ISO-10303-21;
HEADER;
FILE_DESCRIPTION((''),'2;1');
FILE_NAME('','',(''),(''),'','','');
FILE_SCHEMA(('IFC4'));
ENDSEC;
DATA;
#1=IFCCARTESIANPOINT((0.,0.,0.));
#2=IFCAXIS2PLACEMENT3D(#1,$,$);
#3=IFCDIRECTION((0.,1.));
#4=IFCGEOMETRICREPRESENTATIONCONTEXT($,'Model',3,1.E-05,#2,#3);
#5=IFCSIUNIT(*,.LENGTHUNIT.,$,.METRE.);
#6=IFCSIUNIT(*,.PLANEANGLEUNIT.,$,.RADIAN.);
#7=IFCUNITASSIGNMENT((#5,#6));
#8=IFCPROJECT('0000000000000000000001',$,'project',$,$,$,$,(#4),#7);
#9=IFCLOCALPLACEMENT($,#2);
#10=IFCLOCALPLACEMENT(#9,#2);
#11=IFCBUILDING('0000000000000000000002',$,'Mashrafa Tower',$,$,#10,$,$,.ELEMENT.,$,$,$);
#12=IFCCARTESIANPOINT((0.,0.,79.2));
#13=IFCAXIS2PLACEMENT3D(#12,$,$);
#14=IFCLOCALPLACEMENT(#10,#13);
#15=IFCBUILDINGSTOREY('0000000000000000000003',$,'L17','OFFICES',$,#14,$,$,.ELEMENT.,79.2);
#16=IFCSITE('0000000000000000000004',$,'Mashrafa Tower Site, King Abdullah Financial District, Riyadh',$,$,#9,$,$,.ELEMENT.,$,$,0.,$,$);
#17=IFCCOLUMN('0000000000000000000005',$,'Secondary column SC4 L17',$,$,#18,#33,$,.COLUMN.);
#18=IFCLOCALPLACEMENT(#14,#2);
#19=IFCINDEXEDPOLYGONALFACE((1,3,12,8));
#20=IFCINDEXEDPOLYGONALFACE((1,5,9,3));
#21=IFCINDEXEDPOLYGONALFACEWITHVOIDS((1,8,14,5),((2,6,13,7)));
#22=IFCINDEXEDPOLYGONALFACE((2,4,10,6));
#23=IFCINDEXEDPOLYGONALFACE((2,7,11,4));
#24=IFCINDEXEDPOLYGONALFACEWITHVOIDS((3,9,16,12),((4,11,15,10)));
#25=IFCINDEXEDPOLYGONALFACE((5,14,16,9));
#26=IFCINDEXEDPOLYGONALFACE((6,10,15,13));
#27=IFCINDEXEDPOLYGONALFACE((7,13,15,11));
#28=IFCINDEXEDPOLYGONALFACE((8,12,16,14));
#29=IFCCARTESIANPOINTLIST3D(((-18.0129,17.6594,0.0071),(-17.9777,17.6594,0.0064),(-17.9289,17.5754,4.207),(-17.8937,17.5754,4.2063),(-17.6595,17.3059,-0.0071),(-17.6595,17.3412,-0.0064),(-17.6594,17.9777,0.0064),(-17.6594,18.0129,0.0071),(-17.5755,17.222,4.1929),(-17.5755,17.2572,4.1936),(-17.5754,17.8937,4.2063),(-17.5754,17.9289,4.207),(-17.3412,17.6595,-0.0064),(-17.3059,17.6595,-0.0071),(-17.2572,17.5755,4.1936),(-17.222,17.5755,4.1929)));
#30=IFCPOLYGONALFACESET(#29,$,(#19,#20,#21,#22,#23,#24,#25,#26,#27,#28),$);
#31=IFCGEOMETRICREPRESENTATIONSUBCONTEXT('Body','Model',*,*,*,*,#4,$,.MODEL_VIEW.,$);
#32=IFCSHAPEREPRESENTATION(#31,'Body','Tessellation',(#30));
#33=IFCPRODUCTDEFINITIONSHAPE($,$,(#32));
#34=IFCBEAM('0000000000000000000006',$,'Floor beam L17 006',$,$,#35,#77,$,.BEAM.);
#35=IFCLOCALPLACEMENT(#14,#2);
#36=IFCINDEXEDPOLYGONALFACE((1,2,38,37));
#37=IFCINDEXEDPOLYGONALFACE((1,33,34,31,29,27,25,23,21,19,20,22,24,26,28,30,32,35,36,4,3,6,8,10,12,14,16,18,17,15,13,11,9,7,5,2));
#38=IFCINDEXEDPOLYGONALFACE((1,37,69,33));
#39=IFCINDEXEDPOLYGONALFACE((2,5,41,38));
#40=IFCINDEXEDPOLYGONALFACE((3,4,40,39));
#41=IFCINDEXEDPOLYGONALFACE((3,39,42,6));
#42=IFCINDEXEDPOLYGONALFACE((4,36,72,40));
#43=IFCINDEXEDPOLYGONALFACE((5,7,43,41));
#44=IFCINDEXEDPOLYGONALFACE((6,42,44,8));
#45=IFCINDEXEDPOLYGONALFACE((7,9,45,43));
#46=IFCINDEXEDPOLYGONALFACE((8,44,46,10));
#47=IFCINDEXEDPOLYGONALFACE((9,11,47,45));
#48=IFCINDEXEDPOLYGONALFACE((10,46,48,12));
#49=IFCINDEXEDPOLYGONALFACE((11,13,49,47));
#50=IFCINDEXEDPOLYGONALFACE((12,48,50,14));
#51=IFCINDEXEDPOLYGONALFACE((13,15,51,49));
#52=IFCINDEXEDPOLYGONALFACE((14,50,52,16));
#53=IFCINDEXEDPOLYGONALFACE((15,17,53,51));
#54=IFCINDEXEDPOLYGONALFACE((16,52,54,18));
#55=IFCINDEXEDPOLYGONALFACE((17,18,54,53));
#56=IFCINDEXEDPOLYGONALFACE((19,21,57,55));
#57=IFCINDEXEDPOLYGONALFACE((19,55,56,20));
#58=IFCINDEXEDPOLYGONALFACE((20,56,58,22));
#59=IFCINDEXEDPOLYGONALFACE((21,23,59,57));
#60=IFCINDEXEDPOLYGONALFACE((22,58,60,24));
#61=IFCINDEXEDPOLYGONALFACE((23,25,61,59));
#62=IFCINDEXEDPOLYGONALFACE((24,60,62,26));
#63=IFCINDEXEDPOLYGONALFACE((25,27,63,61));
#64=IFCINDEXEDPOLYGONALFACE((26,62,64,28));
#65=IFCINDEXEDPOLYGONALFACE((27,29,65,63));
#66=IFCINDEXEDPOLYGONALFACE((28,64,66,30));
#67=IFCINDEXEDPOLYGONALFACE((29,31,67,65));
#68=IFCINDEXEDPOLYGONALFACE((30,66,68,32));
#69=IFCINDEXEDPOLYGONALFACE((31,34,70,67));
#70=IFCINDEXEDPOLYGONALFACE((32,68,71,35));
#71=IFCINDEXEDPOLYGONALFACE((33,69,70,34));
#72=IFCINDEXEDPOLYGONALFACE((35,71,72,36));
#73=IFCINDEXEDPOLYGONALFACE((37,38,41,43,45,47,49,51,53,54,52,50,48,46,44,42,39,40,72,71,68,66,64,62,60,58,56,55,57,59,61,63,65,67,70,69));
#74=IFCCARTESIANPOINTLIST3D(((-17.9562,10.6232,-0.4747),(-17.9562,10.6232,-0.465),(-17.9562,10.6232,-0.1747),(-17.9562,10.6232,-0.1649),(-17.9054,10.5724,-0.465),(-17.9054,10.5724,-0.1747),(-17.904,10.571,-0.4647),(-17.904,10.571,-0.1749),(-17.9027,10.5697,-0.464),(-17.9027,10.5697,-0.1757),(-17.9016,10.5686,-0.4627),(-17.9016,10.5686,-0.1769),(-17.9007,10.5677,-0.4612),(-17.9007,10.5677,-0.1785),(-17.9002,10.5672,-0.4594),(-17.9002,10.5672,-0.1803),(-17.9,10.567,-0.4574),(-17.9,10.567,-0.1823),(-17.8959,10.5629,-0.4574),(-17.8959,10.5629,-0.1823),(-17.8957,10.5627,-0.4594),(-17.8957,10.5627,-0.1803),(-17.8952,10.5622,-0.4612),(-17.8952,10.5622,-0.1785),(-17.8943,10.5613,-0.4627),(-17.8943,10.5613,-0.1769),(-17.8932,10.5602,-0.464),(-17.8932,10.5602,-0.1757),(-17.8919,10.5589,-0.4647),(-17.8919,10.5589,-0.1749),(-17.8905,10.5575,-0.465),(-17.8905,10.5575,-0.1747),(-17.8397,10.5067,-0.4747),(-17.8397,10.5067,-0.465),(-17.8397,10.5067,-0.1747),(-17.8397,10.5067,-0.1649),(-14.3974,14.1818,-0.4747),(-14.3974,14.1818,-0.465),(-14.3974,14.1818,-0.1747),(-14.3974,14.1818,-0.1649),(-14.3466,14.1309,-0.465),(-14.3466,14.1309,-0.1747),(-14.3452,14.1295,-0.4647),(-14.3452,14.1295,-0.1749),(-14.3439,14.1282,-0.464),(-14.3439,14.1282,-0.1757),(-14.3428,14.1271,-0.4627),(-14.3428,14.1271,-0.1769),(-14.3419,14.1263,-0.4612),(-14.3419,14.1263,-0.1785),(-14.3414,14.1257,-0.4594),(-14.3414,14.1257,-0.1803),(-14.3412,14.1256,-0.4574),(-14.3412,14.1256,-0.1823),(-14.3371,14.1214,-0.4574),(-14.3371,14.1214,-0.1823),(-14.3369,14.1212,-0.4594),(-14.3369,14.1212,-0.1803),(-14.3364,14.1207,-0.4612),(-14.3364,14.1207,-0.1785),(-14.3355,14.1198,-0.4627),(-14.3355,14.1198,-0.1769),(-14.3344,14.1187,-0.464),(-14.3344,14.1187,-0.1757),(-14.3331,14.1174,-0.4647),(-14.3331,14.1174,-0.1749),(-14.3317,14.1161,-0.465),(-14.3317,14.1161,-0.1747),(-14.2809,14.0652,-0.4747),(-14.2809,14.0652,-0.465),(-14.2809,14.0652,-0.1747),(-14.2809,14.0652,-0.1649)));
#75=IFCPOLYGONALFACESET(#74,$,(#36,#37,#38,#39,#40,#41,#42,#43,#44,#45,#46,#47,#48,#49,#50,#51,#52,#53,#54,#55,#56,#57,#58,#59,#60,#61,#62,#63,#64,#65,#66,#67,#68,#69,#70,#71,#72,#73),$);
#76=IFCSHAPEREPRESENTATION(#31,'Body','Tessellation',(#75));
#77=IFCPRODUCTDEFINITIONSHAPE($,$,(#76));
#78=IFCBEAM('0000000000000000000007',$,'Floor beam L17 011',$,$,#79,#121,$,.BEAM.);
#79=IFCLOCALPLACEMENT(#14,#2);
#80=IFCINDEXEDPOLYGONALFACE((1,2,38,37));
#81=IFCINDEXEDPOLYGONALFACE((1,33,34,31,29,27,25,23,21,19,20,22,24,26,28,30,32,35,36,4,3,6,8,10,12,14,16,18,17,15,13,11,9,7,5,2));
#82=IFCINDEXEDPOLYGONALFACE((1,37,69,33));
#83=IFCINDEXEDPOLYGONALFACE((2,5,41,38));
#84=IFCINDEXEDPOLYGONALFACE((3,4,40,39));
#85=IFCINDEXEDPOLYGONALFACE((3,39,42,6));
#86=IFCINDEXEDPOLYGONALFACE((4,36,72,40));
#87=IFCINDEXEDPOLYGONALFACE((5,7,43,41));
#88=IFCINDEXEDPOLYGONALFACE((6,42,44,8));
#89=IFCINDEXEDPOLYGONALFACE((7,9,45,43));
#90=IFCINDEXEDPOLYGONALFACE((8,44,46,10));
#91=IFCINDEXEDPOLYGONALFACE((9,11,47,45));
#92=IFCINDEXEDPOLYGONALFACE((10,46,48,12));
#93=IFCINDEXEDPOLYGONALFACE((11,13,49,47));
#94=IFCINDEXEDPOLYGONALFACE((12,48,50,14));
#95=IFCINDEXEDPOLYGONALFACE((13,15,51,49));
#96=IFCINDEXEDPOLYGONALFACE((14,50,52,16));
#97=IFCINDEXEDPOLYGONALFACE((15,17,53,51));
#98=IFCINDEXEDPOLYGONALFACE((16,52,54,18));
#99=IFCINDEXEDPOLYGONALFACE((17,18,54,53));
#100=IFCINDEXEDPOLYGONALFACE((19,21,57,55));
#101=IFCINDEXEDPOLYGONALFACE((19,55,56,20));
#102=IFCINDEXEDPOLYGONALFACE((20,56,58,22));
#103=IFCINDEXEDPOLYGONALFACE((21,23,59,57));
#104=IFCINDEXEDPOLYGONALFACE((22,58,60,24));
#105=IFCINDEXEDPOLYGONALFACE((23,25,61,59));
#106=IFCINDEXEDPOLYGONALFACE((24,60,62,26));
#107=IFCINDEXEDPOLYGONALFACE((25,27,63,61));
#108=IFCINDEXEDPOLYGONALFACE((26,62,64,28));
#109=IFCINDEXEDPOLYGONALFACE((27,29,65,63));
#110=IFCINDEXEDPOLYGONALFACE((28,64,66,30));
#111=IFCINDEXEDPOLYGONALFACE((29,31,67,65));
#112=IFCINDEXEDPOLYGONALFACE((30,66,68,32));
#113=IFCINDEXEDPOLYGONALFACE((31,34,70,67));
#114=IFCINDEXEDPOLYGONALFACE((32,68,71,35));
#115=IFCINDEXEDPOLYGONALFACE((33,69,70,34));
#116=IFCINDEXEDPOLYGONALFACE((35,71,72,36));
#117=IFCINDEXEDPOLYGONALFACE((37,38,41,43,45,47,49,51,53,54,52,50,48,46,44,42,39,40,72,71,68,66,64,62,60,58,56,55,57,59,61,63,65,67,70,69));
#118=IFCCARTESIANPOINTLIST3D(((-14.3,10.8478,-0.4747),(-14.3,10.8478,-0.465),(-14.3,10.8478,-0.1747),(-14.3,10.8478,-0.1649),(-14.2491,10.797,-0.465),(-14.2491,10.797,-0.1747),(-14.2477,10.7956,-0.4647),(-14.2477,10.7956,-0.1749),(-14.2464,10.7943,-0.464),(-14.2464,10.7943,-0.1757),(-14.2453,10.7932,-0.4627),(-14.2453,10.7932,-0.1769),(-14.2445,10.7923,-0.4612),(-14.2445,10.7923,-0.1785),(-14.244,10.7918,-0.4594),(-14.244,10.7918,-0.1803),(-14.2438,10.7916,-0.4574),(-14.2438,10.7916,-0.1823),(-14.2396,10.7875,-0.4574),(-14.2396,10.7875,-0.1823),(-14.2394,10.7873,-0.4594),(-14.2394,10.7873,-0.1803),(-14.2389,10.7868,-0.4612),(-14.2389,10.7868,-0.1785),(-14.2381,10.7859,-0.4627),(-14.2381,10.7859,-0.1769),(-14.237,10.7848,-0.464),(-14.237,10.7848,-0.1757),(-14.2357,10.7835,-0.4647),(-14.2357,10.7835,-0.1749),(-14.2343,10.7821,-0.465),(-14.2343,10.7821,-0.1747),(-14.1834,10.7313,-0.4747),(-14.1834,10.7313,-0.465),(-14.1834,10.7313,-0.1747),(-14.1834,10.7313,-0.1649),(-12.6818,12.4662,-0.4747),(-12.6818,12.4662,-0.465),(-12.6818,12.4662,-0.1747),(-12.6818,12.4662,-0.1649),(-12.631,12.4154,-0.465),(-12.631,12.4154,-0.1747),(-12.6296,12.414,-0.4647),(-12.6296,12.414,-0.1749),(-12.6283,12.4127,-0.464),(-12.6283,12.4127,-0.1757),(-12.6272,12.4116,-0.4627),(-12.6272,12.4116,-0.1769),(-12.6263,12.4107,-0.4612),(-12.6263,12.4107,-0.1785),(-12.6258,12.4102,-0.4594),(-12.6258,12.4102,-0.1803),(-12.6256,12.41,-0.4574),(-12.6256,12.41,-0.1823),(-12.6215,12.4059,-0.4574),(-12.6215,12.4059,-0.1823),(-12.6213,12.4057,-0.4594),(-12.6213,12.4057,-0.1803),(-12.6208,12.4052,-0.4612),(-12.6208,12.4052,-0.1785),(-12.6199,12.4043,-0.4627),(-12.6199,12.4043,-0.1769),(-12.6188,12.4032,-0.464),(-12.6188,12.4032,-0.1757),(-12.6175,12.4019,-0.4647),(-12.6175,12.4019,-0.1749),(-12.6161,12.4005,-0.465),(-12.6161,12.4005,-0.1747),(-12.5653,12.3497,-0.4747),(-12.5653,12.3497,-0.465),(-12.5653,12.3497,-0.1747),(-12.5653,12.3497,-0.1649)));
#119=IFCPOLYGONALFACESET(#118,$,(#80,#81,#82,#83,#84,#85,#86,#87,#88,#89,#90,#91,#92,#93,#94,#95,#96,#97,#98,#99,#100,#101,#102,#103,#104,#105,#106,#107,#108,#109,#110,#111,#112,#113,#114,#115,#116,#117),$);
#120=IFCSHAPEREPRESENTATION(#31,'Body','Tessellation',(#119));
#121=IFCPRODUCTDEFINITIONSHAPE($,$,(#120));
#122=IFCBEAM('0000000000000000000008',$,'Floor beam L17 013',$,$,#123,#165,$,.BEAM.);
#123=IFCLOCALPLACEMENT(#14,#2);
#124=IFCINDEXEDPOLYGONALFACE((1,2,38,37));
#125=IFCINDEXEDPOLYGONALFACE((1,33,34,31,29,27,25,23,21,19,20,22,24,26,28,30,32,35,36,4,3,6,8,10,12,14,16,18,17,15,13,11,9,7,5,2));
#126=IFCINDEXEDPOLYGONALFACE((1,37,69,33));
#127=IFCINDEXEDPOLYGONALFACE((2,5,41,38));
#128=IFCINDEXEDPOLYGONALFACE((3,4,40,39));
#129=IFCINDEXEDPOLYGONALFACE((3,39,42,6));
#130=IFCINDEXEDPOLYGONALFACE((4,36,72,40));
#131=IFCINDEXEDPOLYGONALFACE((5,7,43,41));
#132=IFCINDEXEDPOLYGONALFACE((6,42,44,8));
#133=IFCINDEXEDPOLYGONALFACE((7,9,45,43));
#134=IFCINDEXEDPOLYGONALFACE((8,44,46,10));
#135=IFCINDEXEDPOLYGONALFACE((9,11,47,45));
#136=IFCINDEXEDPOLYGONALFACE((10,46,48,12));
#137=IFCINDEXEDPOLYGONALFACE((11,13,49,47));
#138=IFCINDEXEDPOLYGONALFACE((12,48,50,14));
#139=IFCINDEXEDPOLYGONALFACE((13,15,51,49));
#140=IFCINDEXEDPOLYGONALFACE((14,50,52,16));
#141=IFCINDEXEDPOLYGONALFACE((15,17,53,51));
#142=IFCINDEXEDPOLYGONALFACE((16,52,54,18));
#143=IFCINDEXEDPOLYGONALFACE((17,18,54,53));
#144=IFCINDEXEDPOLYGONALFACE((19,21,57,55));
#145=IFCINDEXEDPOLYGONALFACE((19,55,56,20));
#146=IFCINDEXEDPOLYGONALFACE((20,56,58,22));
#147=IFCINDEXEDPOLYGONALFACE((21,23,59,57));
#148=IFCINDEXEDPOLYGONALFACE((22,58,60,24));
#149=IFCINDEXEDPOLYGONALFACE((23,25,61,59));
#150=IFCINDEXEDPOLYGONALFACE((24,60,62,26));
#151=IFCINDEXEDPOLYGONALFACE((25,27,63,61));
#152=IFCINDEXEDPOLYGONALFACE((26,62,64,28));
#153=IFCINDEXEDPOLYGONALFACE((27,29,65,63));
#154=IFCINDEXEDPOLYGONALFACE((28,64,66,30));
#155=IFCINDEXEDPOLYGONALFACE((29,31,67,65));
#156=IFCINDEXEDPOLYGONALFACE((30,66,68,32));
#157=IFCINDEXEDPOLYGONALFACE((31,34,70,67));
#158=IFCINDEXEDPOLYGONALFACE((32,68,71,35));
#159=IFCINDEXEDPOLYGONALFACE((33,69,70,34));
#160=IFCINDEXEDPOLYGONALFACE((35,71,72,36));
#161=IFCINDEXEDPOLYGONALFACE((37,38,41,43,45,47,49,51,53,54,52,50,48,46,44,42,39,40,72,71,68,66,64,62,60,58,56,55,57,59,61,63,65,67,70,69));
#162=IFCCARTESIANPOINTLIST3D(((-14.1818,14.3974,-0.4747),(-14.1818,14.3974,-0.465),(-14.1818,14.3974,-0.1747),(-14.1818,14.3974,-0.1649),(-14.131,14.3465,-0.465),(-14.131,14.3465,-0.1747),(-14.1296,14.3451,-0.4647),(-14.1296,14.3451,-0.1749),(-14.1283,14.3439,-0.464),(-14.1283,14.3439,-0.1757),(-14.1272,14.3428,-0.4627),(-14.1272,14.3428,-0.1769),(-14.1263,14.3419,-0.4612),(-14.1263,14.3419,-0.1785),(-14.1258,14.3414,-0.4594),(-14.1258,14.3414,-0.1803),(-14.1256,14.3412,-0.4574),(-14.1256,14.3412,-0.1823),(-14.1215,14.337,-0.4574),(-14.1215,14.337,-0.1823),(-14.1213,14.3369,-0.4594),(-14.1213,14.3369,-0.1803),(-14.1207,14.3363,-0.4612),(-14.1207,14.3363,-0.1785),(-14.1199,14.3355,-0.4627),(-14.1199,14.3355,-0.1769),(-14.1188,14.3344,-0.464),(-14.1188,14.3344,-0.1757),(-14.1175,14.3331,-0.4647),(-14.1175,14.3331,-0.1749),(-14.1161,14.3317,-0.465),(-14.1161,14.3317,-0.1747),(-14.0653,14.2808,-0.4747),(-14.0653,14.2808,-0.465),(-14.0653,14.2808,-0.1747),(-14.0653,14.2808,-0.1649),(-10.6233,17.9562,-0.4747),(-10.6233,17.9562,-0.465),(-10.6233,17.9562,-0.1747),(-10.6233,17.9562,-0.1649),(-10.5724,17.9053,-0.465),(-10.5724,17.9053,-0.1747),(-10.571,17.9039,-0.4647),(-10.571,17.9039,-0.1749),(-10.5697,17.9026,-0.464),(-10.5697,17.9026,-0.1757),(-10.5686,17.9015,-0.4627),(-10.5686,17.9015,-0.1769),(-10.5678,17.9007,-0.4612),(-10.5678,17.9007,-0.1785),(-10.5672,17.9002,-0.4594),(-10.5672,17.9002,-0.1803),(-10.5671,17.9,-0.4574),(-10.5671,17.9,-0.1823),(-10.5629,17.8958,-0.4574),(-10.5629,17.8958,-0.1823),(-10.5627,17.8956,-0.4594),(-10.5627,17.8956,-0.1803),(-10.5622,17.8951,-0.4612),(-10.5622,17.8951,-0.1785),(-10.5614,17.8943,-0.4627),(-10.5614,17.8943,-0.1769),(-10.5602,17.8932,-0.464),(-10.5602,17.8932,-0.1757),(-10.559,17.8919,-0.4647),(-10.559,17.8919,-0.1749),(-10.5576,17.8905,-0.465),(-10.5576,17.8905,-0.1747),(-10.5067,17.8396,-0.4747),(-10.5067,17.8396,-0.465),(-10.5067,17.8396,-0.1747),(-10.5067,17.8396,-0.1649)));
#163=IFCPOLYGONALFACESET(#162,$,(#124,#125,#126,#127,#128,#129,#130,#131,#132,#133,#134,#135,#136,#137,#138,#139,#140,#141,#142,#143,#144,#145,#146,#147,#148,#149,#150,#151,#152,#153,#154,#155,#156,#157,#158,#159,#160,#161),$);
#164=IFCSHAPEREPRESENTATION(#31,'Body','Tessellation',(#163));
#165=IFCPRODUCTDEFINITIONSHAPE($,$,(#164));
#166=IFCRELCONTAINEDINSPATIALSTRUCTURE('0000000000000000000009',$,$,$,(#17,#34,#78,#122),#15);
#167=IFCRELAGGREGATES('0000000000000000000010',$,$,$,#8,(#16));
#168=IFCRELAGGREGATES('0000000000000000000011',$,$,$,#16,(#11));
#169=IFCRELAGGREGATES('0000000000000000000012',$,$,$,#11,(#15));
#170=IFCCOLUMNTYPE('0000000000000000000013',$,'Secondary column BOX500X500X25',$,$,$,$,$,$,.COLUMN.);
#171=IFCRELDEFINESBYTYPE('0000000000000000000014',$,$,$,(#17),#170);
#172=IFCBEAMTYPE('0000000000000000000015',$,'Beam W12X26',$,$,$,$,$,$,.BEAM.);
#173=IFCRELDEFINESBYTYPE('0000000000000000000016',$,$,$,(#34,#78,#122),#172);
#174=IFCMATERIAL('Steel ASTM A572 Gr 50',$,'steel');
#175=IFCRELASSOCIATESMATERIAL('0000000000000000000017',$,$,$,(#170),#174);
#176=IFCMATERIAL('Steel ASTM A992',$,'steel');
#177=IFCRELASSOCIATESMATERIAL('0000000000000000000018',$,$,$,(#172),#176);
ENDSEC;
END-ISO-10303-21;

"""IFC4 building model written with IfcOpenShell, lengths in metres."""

from ifc_helpers import new_model, si_unit, direction, frame, origin, origin_2d, place, context, subcontext, project, spatial, hollow_rectangle, i_section, extrude, material, material_profile, profile_set, type_object, element, save


model = new_model("IFC4")

# Units and contexts
model_context = context("Model", 3, precision=1e-05, world=origin(), true_north=direction((0.0, 1.0)))
body_context = subcontext(model_context, "Body", "Model", "MODEL_VIEW")
ifc_project = project(units=[si_unit("LENGTHUNIT", "METRE"), si_unit("PLANEANGLEUNIT", "RADIAN")], contexts=[model_context])

# Site, building, storey
site_placement = place(None, origin())
site = spatial("IfcSite", under=ifc_project, at=site_placement, Name="Mashrafa Tower Site, King Abdullah Financial District, Riyadh", CompositionType="ELEMENT", RefElevation=0.0)
building_placement = place(site_placement, origin())
building = spatial("IfcBuilding", under=site, at=building_placement, Name="Mashrafa Tower", CompositionType="ELEMENT")
storey_placement = place(building_placement, frame((0.0, 0.0, 79.2)))
storey = spatial("IfcBuildingStorey", under=building, at=storey_placement, Name="L17", Description="OFFICES", CompositionType="ELEMENT", Elevation=79.2)

# Column
ifc_material_1 = material(Name="Steel ASTM A572 Gr 50", Category="steel")
ifc_material_profile_1 = material_profile(ifc_material_1, hollow_rectangle(XDim=0.5, YDim=0.5, WallThickness=0.0249, at=origin_2d()), Name="BOX500X500X25")
ifc_profile_set_1 = profile_set([ifc_material_profile_1], Name="Steel ASTM A572 Gr 50")
column_type = type_object("IfcColumnType", Name="Secondary column BOX500X500X25", PredefinedType="COLUMN", material=ifc_profile_set_1)
column_placement = place(storey_placement, frame((-17.6594, 17.6594, 0.0), z_axis=(0.019989, -0.019989, 0.9996), x_axis=(0.707107, 0.707107, 0.0)))
element("IfcColumn", 1, at=column_placement, inside=storey, type_object=column_type, Name="Secondary column SC4 L17", PredefinedType="COLUMN", context=body_context, shape_type="SweptSolid", body=[
    extrude(hollow_rectangle(XDim=0.5, YDim=0.5, WallThickness=0.0249, at=origin_2d()), origin(), (0.0, 0.0, 1.0), 4.2017),
])

# Beams
ifc_material_2 = material(Name="Steel ASTM A992", Category="steel")
ifc_material_profile_2 = material_profile(ifc_material_2, i_section(OverallWidth=0.1648, OverallDepth=0.3098, WebThickness=0.0059, FlangeThickness=0.0098, FilletRadius=0.0076, at=origin_2d()), Name="W12X26")
ifc_profile_set_2 = profile_set([ifc_material_profile_2], Name="Steel ASTM A992")
beam_type_1 = type_object("IfcBeamType", Name="Beam W12X26", PredefinedType="BEAM", material=ifc_profile_set_2)
beam_1_placement = place(storey_placement, frame((-17.8979, 10.5649, -0.3198), z_axis=(0.707131, 0.707083, 0.0), x_axis=(-0.707083, 0.707131, 0.0)))
element("IfcBeam", 2, at=beam_1_placement, inside=storey, type_object=beam_type_1, Name="Floor beam L17 006", PredefinedType="BEAM", context=body_context, shape_type="SweptSolid", body=[
    extrude(i_section(OverallWidth=0.1648, OverallDepth=0.3098, WebThickness=0.0059, FlangeThickness=0.0098, FilletRadius=0.0076, at=origin_2d()), origin(), (0.0, 0.0, 1.0), 5.0327),
])
beam_2_placement = place(storey_placement, frame((-14.2417, 10.7896, -0.3198), z_axis=(0.707053, 0.70716, 0.0), x_axis=(-0.70716, 0.707053, 0.0)))
element("IfcBeam", 3, at=beam_2_placement, inside=storey, type_object=beam_type_1, Name="Floor beam L17 011", PredefinedType="BEAM", context=body_context, shape_type="SweptSolid", body=[
    extrude(i_section(OverallWidth=0.1648, OverallDepth=0.3098, WebThickness=0.0059, FlangeThickness=0.0098, FilletRadius=0.0076, at=origin_2d()), origin(), (0.0, 0.0, 1.0), 2.2886),
])
beam_3_placement = place(storey_placement, frame((-14.1235, 14.3391, -0.3198), z_axis=(0.707083, 0.707131, 0.0), x_axis=(-0.707131, 0.707083, 0.0)))
element("IfcBeam", 4, at=beam_3_placement, inside=storey, type_object=beam_type_1, Name="Floor beam L17 013", PredefinedType="BEAM", context=body_context, shape_type="SweptSolid", body=[
    extrude(i_section(OverallWidth=0.1648, OverallDepth=0.3098, WebThickness=0.0059, FlangeThickness=0.0098, FilletRadius=0.0076, at=origin_2d()), origin(), (0.0, 0.0, 1.0), 5.0327),
])

save(model, "model.ifc")
